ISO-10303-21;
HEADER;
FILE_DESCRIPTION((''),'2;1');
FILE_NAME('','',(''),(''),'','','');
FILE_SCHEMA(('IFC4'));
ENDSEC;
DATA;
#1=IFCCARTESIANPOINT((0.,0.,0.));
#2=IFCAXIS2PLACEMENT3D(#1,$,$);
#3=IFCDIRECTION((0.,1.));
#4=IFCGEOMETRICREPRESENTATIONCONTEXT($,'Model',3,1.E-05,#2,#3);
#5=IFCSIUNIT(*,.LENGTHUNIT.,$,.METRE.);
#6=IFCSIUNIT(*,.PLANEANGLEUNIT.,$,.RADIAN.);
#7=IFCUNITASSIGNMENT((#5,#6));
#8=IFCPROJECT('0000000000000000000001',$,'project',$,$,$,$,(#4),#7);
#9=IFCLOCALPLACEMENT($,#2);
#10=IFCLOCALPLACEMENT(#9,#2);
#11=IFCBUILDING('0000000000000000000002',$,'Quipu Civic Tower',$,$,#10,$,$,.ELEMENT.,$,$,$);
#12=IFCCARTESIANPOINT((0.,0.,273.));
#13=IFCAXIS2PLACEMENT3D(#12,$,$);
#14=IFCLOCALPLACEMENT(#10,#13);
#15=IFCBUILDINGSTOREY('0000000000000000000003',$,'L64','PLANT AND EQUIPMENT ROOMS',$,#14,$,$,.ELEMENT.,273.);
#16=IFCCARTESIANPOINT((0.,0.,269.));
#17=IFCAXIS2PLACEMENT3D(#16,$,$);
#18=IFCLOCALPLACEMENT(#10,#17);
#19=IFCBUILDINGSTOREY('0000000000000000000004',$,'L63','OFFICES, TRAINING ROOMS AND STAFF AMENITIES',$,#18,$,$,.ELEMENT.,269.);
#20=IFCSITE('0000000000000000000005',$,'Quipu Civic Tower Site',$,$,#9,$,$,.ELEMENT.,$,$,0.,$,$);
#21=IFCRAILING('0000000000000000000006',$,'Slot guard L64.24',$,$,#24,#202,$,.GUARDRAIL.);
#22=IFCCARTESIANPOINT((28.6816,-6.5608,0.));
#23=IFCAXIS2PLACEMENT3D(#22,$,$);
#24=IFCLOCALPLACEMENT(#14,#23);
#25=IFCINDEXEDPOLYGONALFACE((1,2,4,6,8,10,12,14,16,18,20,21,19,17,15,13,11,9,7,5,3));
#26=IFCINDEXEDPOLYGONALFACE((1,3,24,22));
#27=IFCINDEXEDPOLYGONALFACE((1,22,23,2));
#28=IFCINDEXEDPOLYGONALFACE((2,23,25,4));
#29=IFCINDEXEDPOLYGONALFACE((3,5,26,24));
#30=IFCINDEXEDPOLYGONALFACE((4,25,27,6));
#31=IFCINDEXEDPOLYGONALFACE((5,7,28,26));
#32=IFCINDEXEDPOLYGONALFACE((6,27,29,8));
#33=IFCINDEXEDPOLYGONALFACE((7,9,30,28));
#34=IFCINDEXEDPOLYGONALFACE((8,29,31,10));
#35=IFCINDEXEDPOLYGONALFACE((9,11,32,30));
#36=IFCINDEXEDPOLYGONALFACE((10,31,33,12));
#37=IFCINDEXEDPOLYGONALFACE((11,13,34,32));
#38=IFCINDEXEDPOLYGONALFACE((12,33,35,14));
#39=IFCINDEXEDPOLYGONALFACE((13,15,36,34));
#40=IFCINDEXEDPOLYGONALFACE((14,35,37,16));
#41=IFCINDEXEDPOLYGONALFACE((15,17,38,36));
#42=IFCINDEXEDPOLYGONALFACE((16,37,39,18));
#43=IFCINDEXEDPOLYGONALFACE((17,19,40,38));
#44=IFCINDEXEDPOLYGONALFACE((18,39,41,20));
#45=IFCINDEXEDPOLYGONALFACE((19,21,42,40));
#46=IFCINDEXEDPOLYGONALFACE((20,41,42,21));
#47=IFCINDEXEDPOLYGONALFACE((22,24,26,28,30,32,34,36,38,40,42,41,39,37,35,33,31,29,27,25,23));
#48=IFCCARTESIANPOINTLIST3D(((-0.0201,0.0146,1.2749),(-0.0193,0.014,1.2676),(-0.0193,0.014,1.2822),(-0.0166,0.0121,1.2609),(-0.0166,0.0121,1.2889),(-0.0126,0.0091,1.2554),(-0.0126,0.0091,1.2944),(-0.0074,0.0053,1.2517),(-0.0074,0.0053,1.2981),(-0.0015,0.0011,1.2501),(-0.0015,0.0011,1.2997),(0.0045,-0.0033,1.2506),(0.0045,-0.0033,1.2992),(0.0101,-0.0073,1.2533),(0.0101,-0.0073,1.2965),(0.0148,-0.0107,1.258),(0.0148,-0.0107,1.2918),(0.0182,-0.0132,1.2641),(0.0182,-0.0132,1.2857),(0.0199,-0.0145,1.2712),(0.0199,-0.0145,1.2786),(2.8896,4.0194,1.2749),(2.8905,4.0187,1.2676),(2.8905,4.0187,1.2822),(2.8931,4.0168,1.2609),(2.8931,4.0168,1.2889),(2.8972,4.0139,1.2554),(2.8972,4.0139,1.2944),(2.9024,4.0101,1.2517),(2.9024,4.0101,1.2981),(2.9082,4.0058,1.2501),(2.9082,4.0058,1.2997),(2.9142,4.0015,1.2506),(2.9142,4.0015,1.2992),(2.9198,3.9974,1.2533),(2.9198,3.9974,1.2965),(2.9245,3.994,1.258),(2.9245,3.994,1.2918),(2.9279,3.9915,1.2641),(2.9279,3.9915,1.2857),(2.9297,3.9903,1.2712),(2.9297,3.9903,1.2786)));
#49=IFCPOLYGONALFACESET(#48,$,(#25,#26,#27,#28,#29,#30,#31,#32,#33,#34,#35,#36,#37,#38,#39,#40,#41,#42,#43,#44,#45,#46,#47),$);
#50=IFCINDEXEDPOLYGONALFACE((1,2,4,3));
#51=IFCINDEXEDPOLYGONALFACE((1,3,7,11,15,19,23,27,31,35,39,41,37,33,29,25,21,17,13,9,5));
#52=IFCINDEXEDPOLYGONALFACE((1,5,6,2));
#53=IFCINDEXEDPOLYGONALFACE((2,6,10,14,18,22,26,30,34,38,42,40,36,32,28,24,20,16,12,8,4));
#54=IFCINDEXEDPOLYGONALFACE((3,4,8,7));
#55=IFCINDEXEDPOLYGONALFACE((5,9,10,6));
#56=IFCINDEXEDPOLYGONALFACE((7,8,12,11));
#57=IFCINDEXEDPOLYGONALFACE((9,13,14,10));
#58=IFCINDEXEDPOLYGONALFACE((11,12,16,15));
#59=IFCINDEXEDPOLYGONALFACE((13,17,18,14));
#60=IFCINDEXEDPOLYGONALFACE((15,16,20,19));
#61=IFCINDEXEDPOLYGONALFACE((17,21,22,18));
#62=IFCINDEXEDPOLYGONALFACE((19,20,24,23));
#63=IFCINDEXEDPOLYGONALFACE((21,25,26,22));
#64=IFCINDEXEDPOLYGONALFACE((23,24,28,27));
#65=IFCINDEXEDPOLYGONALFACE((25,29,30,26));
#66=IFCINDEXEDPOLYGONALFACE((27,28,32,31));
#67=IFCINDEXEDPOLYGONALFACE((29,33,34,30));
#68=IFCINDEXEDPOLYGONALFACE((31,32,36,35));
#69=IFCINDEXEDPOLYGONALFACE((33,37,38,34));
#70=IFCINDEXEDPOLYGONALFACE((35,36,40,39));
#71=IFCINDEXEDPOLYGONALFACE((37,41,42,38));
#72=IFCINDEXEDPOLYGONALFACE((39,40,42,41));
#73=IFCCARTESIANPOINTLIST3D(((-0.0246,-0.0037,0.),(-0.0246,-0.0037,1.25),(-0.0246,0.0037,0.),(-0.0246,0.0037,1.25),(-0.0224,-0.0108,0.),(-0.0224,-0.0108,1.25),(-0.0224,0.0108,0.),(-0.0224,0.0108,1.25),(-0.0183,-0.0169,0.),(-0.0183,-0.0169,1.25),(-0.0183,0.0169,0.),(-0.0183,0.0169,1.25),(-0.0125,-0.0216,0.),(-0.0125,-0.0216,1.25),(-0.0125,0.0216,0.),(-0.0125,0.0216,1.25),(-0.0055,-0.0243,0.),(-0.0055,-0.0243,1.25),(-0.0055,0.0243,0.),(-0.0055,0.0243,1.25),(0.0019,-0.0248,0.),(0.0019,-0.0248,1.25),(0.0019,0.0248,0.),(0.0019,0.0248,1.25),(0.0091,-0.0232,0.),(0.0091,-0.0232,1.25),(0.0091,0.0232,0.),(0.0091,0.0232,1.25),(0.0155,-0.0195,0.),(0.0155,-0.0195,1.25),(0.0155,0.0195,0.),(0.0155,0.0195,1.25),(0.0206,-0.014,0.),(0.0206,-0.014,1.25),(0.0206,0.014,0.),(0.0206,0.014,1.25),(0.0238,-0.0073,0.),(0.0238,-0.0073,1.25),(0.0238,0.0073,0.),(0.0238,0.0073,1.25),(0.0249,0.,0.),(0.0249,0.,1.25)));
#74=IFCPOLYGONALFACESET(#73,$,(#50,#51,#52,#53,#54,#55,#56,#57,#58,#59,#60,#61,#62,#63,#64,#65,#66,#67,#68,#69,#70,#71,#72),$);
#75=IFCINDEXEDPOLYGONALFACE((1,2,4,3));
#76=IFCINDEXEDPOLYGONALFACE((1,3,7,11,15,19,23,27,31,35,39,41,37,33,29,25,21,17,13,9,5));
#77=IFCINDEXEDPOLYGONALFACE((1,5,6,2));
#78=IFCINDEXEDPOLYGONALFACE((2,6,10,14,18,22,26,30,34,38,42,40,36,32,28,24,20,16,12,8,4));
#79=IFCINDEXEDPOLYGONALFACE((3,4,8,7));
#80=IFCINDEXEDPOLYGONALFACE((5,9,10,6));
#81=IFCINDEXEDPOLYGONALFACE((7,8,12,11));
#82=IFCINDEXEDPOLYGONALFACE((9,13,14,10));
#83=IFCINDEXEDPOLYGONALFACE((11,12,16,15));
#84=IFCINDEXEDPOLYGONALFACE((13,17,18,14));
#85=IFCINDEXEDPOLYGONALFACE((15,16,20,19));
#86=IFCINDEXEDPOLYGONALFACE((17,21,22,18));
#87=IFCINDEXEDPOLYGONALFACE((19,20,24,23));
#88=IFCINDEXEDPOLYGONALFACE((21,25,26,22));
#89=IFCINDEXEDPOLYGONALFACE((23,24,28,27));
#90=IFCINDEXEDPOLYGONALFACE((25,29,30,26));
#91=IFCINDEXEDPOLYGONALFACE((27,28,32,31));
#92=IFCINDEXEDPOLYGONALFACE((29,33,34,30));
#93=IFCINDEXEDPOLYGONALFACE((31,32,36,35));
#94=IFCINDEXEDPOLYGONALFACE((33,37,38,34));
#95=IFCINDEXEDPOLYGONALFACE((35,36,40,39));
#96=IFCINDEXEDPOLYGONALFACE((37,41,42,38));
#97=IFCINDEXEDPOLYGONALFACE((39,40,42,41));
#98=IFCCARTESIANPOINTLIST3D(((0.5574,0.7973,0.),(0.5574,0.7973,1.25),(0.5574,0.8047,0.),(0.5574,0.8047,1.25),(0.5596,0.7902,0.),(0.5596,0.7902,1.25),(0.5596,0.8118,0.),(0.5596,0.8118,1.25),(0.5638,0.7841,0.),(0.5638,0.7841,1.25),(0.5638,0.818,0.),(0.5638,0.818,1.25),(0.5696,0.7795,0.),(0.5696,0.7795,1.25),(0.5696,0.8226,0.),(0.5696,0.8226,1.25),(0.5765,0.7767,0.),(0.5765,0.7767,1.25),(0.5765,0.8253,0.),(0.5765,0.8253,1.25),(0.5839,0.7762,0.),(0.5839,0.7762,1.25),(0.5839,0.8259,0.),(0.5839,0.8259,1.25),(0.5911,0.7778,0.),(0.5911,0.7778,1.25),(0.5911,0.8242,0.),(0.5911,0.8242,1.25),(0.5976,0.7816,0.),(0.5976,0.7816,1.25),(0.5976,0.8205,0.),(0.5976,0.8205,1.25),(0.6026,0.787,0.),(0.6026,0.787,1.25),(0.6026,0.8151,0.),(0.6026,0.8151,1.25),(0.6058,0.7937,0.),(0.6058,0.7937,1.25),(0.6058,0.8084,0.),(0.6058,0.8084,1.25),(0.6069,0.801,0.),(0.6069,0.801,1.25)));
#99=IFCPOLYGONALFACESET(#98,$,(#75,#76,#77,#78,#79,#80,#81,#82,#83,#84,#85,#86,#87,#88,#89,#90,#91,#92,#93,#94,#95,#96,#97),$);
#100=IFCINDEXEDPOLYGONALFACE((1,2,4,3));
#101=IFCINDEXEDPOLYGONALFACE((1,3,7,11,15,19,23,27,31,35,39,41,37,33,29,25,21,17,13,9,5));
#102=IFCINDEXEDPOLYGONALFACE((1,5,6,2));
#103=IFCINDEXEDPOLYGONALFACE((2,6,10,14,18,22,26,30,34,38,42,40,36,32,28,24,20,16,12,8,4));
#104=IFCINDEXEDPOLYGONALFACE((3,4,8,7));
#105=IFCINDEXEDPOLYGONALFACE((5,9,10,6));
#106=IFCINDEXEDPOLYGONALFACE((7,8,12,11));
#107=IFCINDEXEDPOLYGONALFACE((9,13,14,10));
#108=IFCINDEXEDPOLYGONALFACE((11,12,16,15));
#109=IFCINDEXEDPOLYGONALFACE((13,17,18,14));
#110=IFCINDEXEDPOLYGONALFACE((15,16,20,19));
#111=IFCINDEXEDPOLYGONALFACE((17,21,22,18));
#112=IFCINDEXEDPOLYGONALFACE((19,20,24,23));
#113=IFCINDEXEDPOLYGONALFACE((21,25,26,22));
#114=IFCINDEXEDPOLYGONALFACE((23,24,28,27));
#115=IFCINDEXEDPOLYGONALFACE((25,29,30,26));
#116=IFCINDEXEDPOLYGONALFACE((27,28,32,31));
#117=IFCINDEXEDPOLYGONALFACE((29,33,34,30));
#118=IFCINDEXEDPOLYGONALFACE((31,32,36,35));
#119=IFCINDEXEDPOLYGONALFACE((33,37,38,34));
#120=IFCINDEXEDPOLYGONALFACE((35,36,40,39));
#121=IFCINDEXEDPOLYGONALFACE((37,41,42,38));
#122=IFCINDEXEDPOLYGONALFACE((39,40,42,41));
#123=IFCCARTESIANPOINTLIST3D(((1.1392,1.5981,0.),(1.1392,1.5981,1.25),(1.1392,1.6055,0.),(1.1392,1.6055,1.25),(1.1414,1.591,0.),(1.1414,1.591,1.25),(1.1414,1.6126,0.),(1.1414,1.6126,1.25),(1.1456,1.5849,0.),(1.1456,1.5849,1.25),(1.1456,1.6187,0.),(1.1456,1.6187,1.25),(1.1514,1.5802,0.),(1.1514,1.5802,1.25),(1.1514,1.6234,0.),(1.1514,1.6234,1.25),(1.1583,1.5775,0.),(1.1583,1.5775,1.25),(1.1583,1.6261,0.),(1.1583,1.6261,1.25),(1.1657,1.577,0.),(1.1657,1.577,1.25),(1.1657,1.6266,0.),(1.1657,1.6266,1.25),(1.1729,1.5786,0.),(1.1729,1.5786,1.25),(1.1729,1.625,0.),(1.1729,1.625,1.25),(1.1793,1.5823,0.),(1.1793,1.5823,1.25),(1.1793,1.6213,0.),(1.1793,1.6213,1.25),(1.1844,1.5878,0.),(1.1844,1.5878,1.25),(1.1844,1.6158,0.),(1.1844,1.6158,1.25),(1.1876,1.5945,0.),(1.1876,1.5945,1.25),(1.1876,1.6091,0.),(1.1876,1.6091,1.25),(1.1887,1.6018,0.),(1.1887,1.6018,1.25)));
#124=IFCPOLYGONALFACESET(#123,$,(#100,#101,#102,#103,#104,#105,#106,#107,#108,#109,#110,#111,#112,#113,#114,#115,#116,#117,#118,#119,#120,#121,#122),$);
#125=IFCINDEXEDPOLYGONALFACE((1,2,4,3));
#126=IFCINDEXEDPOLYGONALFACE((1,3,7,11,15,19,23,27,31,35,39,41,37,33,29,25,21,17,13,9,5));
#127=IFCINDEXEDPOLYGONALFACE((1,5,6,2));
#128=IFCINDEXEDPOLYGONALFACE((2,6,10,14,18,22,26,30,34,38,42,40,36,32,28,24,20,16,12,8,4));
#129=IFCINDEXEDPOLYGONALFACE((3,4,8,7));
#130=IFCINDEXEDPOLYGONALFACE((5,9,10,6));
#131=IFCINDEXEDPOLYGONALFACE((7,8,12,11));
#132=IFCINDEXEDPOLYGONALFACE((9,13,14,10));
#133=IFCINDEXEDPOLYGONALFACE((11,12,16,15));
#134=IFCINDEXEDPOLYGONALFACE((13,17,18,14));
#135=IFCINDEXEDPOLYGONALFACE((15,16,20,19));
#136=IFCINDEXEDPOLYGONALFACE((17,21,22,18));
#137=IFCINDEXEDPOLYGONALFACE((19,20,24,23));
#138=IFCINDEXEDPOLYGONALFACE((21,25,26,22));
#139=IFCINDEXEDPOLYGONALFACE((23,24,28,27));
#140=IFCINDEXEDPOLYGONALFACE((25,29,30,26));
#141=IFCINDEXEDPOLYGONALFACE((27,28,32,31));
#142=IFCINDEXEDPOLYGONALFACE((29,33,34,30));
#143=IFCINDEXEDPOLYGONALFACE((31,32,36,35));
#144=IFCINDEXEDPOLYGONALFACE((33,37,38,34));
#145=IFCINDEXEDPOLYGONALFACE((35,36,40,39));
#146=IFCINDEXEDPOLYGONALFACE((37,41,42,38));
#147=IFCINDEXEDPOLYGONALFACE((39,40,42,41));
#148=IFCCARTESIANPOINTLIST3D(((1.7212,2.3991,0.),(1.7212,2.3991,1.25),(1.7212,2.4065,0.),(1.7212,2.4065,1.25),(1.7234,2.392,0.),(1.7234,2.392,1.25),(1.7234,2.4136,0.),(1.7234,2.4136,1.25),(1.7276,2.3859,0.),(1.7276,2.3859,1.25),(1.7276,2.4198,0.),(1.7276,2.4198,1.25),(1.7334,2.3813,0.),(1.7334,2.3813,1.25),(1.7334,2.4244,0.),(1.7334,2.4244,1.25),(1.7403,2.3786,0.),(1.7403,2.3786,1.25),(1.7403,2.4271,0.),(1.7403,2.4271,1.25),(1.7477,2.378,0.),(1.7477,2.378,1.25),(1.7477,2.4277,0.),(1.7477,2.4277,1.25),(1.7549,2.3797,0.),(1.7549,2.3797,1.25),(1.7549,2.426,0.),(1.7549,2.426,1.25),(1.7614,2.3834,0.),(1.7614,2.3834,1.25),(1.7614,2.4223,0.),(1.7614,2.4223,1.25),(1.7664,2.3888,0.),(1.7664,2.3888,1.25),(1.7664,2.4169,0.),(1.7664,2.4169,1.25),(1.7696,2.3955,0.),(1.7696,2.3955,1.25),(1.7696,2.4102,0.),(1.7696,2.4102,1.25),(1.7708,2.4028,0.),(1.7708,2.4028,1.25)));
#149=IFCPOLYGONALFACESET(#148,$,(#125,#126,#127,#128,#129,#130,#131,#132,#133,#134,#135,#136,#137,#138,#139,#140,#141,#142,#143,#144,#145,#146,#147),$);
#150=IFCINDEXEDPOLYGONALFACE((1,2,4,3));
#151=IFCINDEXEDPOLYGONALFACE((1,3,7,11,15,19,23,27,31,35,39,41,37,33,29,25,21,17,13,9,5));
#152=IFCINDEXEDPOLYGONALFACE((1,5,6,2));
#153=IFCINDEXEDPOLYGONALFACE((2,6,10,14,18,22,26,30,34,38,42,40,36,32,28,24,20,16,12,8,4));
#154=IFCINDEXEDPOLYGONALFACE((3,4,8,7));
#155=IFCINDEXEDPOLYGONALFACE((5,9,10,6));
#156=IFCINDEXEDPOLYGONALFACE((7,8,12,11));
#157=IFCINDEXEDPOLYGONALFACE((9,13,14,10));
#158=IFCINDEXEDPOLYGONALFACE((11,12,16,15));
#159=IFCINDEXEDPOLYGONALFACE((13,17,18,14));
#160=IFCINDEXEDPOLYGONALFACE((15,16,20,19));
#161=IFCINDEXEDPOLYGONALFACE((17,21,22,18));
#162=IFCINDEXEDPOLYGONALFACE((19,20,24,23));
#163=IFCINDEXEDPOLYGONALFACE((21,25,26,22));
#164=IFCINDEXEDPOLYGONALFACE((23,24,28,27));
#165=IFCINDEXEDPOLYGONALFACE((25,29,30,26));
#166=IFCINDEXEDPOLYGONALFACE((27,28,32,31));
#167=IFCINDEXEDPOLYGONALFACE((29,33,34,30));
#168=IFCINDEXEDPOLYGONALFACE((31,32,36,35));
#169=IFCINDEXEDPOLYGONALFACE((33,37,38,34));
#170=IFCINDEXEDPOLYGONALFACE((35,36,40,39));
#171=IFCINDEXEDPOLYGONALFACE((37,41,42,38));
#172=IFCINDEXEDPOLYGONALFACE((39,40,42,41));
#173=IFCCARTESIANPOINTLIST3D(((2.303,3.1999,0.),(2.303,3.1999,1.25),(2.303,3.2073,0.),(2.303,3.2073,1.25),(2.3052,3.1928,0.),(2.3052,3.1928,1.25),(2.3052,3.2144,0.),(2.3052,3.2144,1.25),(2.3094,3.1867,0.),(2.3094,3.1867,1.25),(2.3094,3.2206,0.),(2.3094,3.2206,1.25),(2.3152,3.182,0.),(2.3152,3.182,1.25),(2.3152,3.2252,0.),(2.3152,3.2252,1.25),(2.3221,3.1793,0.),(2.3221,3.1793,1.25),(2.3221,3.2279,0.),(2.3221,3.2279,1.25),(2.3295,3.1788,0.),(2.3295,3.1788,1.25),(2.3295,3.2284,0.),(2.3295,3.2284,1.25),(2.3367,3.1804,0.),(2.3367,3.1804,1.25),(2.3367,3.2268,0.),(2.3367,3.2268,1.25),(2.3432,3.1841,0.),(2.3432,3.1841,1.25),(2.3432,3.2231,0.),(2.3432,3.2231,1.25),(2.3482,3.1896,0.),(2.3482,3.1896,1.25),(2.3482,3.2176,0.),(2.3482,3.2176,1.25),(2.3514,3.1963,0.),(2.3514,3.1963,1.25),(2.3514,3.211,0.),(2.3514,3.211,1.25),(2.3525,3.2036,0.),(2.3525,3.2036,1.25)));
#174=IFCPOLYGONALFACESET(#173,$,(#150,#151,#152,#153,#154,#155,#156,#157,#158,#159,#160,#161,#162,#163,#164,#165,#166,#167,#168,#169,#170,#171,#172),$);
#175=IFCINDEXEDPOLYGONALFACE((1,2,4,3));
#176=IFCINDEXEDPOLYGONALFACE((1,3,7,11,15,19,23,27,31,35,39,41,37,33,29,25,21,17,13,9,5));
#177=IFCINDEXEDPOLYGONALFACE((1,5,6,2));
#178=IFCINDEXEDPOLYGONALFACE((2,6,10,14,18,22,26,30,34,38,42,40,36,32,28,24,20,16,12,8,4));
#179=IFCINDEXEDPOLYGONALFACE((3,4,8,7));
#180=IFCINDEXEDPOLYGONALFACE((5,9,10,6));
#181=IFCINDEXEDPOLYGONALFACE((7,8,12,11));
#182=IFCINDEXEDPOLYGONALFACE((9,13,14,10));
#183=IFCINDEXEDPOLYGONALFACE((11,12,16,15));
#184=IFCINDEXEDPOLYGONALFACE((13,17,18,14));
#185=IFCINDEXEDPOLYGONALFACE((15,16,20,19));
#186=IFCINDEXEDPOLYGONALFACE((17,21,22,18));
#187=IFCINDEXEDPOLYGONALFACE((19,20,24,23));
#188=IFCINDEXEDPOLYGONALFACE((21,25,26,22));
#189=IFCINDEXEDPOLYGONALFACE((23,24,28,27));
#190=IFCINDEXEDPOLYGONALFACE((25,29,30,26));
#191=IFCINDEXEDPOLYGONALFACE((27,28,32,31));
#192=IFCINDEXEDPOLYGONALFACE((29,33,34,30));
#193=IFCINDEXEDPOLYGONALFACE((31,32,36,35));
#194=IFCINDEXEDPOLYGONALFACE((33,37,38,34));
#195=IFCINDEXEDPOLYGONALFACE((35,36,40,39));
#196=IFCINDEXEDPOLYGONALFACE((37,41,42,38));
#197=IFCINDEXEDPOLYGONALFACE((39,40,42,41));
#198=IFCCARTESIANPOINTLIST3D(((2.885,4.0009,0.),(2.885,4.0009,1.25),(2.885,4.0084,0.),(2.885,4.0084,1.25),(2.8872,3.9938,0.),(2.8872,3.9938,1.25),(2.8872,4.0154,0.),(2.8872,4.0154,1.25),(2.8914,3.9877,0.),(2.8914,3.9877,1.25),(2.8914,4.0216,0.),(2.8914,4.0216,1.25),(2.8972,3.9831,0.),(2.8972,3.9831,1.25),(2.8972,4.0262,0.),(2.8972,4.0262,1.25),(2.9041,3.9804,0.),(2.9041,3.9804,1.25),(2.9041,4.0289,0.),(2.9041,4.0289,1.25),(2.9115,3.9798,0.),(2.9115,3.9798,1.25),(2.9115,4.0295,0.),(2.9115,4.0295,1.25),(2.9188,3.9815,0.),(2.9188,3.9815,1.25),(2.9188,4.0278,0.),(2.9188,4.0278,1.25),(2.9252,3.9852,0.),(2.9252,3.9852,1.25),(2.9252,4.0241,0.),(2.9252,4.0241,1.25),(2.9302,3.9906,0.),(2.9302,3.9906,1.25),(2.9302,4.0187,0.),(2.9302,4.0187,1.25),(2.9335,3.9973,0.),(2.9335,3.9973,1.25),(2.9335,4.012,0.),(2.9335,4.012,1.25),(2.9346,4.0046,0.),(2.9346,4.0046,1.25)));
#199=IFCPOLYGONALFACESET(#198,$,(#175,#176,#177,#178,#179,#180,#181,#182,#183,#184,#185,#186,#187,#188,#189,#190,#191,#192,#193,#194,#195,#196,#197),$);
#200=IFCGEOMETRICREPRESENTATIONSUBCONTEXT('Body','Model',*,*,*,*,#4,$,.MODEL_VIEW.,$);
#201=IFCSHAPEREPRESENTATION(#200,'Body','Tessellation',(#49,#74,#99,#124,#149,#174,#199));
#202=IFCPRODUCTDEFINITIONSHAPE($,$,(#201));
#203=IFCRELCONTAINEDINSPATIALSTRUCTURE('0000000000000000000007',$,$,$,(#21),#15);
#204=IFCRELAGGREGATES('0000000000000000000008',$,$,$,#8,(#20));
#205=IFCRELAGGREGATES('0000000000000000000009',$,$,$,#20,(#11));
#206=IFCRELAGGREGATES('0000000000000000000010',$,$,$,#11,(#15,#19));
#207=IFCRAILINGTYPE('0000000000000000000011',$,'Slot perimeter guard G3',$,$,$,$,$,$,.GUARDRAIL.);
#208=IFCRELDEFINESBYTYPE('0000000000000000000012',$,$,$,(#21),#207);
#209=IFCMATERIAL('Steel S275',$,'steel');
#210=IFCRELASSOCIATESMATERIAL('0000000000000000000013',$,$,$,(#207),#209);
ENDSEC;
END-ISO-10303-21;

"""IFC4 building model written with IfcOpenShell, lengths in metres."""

from ifc_helpers import new_model, si_unit, direction, frame, origin, origin_2d, place, context, subcontext, project, spatial, circle, extrude, material, type_object, element, save


model = new_model("IFC4")

# Units and contexts
model_context = context("Model", 3, precision=1e-05, world=origin(), true_north=direction((0.0, 1.0)))
body_context = subcontext(model_context, "Body", "Model", "MODEL_VIEW")
ifc_project = project(units=[si_unit("LENGTHUNIT", "METRE"), si_unit("PLANEANGLEUNIT", "RADIAN")], contexts=[model_context])

# Site, building, storey
site_placement = place(None, origin())
site = spatial("IfcSite", under=ifc_project, at=site_placement, Name="Quipu Civic Tower Site", CompositionType="ELEMENT", RefElevation=0.0)
building_placement = place(site_placement, origin())
building = spatial("IfcBuilding", under=site, at=building_placement, Name="Quipu Civic Tower", CompositionType="ELEMENT")
storey_1_placement = place(building_placement, frame((0.0, 0.0, 273.0)))
storey_1 = spatial("IfcBuildingStorey", under=building, at=storey_1_placement, Name="L64", Description="PLANT AND EQUIPMENT ROOMS", CompositionType="ELEMENT", Elevation=273.0)

# Shared definitions
storey_2_placement = place(building_placement, frame((0.0, 0.0, 269.0)))
storey_2 = spatial("IfcBuildingStorey", under=building, at=storey_2_placement, Name="L63", Description="OFFICES, TRAINING ROOMS AND STAFF AMENITIES", CompositionType="ELEMENT", Elevation=269.0)

# Railing
ifc_material_1 = material(Name="Steel S275", Category="steel")
railing_type = type_object("IfcRailingType", Name="Slot perimeter guard G3", PredefinedType="GUARDRAIL", material=ifc_material_1)
railing_1_placement = place(storey_1_placement, frame((28.6816, -6.5608, 0.0)))
element("IfcRailing", 1, at=railing_1_placement, inside=storey_1, type_object=railing_type, Name="Slot guard L64.24", PredefinedType="GUARDRAIL", context=body_context, shape_type="SweptSolid", body=[
    extrude(circle(Radius=0.0249, at=origin_2d()), frame((0.0, 0.0, 1.2749), z_axis=(0.587802, 0.809005, 0.0), x_axis=(-0.809005, 0.587802, 0.0)), (0.0, 0.0, 1.0), 4.9502),
    extrude(circle(Radius=0.0249, at=origin_2d()), origin(), (0.0, 0.0, 1.0), 1.25),
    extrude(circle(Radius=0.0249, at=origin_2d()), frame((0.582, 0.801, 0.0)), (0.0, 0.0, 1.0), 1.25),
    extrude(circle(Radius=0.0249, at=origin_2d()), frame((1.1638, 1.6018, 0.0)), (0.0, 0.0, 1.0), 1.25),
    extrude(circle(Radius=0.0249, at=origin_2d()), frame((1.7458, 2.4028, 0.0)), (0.0, 0.0, 1.0), 1.25),
    extrude(circle(Radius=0.0249, at=origin_2d()), frame((2.3276, 3.2036, 0.0)), (0.0, 0.0, 1.0), 1.25),
    extrude(circle(Radius=0.0249, at=origin_2d()), frame((2.9097, 4.0046, 0.0)), (0.0, 0.0, 1.0), 1.25),
])

save(model, "model.ifc")
